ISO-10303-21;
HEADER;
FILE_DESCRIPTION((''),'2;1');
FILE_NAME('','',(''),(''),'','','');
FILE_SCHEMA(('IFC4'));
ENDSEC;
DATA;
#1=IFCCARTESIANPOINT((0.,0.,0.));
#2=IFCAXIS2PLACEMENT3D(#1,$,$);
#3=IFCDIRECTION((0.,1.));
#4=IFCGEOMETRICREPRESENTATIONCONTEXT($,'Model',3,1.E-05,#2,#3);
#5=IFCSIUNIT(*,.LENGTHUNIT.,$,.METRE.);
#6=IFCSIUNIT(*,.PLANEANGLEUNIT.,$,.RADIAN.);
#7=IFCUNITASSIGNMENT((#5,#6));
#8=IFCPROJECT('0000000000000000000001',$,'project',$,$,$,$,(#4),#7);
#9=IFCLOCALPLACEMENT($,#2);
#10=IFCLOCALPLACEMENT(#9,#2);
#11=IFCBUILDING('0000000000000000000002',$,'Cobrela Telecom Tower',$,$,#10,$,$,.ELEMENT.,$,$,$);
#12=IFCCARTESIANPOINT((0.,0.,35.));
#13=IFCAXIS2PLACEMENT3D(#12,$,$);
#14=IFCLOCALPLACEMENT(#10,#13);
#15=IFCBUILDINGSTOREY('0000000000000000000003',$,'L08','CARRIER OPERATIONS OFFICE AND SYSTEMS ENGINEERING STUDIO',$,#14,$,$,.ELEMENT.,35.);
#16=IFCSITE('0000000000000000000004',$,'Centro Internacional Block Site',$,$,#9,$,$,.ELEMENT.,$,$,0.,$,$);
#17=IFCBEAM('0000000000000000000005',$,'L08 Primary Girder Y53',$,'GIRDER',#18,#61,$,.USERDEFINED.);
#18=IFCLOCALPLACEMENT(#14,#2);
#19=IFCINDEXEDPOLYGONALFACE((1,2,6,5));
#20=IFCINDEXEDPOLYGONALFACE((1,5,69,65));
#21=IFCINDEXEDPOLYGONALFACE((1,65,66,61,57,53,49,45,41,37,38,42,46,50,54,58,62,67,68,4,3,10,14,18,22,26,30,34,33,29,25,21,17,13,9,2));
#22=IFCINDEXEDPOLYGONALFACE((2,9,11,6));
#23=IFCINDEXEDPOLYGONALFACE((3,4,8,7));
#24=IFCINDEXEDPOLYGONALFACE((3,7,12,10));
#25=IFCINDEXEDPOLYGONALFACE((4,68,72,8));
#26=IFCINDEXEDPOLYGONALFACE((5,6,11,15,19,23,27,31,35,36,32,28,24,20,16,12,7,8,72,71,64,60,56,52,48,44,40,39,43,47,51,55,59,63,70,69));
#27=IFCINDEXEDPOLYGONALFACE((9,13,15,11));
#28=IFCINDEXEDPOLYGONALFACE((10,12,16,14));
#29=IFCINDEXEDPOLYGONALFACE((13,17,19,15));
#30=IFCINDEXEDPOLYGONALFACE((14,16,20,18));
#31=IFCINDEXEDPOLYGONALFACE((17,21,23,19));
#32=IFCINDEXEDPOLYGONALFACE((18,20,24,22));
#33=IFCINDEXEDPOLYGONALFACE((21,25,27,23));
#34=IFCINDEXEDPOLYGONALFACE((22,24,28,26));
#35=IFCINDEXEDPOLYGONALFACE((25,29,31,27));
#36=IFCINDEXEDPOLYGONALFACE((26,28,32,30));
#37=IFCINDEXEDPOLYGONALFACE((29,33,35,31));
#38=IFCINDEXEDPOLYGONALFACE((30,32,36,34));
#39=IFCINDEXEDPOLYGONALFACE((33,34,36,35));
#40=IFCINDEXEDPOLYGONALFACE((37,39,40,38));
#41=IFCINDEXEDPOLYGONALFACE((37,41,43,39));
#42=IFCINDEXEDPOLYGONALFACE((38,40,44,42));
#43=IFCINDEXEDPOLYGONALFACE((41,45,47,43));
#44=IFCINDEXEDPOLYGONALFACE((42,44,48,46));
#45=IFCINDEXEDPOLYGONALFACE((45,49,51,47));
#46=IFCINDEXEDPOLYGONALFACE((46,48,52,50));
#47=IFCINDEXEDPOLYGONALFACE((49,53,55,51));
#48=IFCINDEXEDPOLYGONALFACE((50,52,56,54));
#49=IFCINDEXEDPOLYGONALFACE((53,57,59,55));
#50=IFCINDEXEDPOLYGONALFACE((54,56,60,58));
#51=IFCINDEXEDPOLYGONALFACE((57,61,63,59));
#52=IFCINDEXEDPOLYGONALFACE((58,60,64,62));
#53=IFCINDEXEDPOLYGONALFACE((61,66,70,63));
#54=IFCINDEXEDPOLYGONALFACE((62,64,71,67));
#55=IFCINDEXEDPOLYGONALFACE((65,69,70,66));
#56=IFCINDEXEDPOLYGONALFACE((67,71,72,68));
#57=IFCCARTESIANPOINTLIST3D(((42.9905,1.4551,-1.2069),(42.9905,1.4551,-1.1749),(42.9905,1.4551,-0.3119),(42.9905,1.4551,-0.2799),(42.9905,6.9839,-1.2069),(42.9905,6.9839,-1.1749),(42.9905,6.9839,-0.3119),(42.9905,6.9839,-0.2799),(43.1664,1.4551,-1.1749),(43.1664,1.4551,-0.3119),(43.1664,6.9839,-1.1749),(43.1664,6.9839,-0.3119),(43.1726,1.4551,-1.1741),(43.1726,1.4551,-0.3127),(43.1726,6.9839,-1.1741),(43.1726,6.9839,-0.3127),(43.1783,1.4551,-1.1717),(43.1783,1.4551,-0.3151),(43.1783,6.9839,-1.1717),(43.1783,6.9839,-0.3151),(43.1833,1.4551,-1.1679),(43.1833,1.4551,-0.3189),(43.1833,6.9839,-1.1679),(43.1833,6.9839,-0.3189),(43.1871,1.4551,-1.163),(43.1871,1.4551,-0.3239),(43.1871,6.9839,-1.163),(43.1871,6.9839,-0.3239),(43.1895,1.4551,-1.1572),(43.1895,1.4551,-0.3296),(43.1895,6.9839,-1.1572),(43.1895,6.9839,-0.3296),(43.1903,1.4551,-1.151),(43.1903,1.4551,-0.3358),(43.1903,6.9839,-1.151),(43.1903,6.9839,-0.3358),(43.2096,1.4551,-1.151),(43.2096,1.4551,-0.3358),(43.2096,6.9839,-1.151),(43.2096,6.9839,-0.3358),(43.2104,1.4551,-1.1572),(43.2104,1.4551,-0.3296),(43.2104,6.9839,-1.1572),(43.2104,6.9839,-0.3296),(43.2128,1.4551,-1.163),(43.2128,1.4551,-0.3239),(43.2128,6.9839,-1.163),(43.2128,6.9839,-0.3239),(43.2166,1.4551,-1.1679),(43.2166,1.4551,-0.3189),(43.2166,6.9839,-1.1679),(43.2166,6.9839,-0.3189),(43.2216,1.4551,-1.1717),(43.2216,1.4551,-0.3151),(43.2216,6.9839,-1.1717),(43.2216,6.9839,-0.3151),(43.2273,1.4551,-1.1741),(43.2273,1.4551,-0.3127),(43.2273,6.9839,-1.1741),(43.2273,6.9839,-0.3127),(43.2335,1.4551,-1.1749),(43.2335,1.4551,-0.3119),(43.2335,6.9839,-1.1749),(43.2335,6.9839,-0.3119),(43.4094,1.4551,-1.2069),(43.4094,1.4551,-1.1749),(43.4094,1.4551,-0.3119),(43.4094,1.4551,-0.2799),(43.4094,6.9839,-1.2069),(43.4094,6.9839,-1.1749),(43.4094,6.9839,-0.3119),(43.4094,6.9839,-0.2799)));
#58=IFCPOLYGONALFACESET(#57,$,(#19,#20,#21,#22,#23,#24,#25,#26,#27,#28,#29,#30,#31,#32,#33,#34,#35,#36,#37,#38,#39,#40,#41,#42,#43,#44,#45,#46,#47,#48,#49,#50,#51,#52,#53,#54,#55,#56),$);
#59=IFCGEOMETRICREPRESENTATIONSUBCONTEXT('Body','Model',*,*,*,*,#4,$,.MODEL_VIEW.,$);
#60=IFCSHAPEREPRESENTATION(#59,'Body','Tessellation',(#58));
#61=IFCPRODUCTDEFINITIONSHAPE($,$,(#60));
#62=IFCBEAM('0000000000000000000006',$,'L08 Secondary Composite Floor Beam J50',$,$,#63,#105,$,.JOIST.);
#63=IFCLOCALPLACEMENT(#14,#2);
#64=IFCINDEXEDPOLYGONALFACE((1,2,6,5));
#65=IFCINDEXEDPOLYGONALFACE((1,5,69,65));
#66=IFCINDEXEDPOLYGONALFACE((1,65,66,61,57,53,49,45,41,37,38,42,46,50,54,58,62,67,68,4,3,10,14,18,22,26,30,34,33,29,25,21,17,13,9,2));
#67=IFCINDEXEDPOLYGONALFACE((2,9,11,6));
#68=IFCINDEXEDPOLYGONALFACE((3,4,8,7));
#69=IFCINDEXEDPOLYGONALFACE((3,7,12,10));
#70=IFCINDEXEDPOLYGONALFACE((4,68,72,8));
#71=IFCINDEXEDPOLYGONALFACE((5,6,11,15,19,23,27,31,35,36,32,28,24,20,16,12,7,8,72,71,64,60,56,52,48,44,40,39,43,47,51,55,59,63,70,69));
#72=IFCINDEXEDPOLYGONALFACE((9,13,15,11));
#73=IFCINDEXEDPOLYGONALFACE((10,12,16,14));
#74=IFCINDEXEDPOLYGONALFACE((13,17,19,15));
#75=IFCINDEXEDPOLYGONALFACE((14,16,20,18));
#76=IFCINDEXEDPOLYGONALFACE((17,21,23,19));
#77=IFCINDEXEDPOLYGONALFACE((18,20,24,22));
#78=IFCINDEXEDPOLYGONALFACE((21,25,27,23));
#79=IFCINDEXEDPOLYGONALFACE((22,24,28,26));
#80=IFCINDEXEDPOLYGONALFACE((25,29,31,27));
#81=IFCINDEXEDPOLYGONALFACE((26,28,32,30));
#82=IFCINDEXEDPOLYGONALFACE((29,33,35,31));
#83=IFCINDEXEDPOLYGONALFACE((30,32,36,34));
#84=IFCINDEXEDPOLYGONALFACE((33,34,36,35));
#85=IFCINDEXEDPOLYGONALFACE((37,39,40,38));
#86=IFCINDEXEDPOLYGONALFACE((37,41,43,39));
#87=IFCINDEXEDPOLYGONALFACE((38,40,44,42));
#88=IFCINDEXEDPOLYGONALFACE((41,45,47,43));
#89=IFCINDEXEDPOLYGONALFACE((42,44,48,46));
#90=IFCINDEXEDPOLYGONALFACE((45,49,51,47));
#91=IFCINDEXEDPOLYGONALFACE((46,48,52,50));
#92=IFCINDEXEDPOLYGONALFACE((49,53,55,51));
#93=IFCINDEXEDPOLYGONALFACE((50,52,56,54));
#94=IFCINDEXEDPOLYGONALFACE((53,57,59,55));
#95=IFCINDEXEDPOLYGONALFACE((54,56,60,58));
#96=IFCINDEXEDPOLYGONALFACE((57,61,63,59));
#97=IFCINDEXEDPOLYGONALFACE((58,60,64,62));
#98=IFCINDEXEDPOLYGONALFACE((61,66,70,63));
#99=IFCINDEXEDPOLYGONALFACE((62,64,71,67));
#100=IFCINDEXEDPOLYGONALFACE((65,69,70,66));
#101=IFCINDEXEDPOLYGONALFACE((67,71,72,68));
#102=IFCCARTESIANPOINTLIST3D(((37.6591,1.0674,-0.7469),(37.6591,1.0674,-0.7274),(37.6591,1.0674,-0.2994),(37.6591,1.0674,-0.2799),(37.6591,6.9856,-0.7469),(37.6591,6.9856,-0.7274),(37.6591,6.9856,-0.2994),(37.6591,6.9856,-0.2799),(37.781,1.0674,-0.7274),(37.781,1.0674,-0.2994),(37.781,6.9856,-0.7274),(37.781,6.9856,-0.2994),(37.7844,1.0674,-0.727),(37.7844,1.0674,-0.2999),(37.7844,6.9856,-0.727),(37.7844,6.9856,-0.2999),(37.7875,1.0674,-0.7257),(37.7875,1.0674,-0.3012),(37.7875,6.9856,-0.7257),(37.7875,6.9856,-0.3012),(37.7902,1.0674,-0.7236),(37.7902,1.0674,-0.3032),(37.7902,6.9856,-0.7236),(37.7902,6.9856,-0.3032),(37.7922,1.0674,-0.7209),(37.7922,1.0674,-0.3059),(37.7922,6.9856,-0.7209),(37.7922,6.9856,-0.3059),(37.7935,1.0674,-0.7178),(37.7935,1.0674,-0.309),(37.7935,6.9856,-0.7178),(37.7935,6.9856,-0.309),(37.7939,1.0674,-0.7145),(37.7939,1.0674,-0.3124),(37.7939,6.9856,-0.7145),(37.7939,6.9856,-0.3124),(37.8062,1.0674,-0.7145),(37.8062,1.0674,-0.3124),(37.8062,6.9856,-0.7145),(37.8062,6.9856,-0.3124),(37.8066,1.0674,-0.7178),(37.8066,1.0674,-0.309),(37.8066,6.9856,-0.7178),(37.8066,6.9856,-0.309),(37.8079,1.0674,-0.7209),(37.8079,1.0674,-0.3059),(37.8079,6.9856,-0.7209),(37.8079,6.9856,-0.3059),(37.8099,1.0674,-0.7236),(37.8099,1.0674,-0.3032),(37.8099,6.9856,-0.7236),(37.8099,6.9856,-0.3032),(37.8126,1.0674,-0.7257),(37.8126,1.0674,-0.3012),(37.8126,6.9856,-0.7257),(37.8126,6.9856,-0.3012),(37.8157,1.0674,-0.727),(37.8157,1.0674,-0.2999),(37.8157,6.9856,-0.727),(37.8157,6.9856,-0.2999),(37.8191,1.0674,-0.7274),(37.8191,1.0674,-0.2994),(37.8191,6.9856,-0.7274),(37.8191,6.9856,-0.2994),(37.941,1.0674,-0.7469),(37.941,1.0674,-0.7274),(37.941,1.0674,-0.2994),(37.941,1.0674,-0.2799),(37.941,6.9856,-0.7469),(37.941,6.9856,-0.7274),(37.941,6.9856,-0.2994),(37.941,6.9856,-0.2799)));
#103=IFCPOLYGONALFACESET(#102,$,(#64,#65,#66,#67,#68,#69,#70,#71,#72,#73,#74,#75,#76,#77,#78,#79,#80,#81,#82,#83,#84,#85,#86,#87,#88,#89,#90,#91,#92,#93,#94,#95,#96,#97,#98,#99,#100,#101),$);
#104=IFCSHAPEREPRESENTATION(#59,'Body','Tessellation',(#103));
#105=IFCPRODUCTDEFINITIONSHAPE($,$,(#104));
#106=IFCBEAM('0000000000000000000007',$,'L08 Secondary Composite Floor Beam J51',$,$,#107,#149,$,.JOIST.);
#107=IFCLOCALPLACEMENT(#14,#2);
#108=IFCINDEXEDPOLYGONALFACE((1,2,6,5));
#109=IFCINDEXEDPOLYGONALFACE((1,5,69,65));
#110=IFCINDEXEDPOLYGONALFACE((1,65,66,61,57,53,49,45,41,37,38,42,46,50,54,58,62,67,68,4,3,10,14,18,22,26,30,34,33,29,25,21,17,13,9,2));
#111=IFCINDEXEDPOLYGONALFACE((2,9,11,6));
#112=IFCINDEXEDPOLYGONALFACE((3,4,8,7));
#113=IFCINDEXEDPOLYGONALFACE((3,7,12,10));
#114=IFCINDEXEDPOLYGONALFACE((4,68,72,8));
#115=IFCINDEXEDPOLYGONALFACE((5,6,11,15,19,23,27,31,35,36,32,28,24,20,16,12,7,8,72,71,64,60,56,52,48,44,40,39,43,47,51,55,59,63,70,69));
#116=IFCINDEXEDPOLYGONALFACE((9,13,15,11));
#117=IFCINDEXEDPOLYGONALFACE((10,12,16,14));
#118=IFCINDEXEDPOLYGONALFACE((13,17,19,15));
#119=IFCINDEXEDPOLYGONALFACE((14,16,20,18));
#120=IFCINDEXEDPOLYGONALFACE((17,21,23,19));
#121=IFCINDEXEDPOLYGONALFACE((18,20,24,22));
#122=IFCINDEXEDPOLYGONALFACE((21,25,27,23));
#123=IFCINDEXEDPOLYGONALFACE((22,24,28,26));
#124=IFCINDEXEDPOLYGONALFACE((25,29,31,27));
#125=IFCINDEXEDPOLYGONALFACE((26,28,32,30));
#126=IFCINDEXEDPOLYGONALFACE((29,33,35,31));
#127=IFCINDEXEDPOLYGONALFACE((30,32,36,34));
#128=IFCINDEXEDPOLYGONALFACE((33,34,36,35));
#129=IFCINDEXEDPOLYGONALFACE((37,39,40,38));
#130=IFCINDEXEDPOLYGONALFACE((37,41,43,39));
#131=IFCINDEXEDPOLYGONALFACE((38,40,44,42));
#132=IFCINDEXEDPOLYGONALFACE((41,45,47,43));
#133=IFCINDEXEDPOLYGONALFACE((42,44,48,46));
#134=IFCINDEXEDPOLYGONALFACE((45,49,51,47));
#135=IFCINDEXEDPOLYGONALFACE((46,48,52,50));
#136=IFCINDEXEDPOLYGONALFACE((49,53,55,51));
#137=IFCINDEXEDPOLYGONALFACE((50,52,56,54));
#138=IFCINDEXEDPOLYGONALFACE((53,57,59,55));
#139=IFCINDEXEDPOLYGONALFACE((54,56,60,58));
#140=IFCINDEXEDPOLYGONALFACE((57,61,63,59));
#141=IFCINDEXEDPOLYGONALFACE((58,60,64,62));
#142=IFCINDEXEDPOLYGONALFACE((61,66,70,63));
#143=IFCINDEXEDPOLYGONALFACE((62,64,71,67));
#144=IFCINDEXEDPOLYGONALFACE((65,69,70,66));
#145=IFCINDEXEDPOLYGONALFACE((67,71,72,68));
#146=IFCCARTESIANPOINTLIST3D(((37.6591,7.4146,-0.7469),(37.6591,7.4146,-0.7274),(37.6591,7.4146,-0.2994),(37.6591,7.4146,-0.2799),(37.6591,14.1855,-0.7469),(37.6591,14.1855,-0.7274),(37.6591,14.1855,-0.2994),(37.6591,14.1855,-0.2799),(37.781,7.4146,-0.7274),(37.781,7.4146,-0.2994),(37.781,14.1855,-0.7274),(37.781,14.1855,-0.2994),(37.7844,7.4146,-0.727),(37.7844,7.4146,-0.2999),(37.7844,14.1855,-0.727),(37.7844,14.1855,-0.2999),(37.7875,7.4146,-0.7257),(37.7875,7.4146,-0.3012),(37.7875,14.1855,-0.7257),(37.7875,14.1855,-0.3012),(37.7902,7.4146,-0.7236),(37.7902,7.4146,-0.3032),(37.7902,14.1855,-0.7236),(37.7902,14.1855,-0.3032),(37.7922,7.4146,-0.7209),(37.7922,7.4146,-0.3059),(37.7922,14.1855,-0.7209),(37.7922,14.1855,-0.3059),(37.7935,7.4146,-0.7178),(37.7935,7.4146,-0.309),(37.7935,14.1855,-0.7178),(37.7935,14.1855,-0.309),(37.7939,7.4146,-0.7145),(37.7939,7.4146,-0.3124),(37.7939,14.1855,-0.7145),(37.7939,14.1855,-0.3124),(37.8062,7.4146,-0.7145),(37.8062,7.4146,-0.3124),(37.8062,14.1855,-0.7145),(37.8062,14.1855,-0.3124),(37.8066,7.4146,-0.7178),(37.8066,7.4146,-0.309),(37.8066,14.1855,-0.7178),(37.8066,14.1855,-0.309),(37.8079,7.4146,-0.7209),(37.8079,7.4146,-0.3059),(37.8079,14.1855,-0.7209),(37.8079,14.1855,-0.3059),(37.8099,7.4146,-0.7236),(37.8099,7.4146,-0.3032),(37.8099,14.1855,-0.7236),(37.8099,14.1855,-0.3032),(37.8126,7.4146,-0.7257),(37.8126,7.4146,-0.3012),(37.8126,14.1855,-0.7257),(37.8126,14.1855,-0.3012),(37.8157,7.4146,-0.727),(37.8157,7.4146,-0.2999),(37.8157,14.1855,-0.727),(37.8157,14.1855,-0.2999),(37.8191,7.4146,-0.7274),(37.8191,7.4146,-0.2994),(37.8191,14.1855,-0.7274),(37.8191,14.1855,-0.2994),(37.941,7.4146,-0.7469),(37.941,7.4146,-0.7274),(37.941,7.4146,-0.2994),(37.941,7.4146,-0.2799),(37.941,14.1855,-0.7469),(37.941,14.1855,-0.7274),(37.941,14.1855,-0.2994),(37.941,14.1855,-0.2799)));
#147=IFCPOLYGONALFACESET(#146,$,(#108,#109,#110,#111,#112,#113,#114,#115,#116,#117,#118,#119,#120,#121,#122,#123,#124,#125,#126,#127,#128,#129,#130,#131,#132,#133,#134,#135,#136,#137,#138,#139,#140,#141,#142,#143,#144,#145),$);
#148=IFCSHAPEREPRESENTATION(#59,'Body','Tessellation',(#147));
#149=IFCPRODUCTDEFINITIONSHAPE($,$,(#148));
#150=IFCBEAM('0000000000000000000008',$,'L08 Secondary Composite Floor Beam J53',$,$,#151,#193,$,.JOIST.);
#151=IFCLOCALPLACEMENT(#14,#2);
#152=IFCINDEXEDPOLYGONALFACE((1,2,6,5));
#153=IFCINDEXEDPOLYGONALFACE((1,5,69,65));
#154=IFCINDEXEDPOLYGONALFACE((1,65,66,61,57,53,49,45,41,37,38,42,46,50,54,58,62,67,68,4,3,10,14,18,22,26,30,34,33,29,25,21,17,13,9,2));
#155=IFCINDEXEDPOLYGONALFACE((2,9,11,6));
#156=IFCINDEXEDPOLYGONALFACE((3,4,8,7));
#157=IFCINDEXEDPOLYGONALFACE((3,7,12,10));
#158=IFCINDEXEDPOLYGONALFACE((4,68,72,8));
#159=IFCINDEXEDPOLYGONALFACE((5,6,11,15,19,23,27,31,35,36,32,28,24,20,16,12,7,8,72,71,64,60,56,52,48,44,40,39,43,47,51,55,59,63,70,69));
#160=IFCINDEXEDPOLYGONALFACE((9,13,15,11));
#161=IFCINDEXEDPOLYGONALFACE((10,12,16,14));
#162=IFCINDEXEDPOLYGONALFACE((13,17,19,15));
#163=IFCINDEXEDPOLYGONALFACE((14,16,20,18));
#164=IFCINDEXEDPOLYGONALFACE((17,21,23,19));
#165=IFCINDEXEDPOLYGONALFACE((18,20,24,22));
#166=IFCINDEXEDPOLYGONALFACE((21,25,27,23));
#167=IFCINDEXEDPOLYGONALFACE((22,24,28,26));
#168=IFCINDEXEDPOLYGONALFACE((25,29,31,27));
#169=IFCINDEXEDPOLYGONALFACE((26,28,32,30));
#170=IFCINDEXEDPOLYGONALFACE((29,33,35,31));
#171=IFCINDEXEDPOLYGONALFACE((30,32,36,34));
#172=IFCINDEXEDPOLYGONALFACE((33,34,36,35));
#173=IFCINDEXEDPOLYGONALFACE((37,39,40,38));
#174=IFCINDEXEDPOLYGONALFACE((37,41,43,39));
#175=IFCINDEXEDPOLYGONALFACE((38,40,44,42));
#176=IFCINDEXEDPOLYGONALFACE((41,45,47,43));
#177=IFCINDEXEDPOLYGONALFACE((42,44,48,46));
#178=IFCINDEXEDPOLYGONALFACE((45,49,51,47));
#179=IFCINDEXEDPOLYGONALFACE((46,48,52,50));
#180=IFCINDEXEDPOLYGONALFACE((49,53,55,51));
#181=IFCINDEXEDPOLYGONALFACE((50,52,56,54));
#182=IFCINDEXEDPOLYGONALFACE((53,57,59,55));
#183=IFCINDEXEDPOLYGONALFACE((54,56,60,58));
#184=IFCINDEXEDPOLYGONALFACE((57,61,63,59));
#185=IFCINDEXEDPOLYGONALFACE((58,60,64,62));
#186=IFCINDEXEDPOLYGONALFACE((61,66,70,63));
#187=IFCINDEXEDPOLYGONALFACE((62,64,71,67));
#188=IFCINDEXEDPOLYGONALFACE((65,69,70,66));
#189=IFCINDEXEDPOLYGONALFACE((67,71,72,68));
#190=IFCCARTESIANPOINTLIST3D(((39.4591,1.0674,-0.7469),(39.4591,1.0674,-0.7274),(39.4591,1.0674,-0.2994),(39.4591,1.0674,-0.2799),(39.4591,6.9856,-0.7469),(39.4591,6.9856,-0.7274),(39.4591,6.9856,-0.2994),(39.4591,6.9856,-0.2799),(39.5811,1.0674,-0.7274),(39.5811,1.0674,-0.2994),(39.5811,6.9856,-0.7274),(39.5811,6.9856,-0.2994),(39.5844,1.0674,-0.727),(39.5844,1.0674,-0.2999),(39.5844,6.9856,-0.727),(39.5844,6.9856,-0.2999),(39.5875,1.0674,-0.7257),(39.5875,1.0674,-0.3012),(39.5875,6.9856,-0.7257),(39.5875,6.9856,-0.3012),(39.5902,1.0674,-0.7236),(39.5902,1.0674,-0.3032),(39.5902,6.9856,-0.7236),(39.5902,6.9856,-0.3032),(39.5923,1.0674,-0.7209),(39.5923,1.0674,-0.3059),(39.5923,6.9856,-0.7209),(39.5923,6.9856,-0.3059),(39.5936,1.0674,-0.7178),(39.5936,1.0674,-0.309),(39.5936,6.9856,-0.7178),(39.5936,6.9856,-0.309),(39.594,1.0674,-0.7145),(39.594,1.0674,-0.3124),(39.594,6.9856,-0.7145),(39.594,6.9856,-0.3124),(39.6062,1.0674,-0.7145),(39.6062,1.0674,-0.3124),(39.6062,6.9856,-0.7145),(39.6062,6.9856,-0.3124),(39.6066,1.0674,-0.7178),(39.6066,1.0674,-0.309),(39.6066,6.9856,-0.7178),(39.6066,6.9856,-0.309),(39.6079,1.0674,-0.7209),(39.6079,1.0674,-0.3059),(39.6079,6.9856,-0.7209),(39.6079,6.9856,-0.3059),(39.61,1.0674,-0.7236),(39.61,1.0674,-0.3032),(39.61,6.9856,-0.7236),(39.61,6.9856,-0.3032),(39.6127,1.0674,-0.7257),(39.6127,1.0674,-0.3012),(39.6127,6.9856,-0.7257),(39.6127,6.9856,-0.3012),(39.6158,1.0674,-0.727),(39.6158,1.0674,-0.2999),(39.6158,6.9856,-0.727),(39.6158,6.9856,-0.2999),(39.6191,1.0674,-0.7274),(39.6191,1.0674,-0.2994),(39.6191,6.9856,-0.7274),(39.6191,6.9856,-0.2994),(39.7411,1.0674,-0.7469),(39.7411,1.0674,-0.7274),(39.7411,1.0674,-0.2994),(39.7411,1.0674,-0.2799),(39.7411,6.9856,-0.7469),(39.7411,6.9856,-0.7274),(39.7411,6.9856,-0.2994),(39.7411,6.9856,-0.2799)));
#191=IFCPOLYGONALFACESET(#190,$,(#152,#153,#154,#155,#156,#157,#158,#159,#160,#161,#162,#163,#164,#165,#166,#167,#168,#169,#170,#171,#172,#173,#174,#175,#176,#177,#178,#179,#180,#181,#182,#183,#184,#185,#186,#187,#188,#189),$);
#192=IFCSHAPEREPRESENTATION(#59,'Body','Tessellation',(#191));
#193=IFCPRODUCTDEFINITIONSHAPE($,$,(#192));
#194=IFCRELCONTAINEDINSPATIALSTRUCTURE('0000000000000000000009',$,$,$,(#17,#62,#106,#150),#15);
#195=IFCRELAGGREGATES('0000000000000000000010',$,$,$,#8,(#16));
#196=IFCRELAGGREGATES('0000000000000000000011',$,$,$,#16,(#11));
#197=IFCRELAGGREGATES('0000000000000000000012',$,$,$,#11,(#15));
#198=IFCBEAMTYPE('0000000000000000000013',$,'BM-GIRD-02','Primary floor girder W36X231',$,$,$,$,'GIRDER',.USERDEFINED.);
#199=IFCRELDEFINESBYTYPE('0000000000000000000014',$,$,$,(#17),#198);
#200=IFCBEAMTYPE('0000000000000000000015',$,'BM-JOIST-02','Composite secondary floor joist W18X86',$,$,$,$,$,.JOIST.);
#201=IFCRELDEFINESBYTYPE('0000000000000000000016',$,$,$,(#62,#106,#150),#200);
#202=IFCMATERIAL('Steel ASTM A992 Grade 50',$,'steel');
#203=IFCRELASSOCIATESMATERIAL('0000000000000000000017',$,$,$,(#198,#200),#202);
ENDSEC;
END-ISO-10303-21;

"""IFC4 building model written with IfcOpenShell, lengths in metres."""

from ifc_helpers import new_model, si_unit, direction, frame, origin, origin_2d, place, context, subcontext, project, spatial, i_section, extrude, material, material_profile, profile_set, type_object, element, save


model = new_model("IFC4")

# Units and contexts
model_context = context("Model", 3, precision=1e-05, world=origin(), true_north=direction((0.0, 1.0)))
body_context = subcontext(model_context, "Body", "Model", "MODEL_VIEW")
ifc_project = project(units=[si_unit("LENGTHUNIT", "METRE"), si_unit("PLANEANGLEUNIT", "RADIAN")], contexts=[model_context])

# Site, building, storey
site_placement = place(None, origin())
site = spatial("IfcSite", under=ifc_project, at=site_placement, Name="Centro Internacional Block Site", CompositionType="ELEMENT", RefElevation=0.0)
building_placement = place(site_placement, origin())
building = spatial("IfcBuilding", under=site, at=building_placement, Name="Cobrela Telecom Tower", CompositionType="ELEMENT")
storey_placement = place(building_placement, frame((0.0, 0.0, 35.0)))
storey = spatial("IfcBuildingStorey", under=building, at=storey_placement, Name="L08", Description="CARRIER OPERATIONS OFFICE AND SYSTEMS ENGINEERING STUDIO", CompositionType="ELEMENT", Elevation=35.0)

# Shared definitions
ifc_material_1 = material(Name="Steel ASTM A992 Grade 50", Category="steel")

# Beams
ifc_material_profile_1 = material_profile(ifc_material_1, i_section(OverallWidth=0.4189, OverallDepth=0.927, WebThickness=0.0193, FlangeThickness=0.032, FilletRadius=0.0239, at=origin_2d()), Name="W36X231")
ifc_profile_set_1 = profile_set([ifc_material_profile_1], Name="Steel ASTM A992 Grade 50")
beam_type_1 = type_object("IfcBeamType", Name="BM-GIRD-02", Description="Primary floor girder W36X231", ElementType="GIRDER", PredefinedType="USERDEFINED", material=ifc_profile_set_1)
beam_1_placement = place(storey_placement, frame((43.2, 1.4551, -0.7434), z_axis=(0.0, 1.0, 0.0), x_axis=(-1.0, 0.0, 0.0)))
element("IfcBeam", 1, at=beam_1_placement, inside=storey, type_object=beam_type_1, Name="L08 Primary Girder Y53", ObjectType="GIRDER", PredefinedType="USERDEFINED", context=body_context, shape_type="SweptSolid", body=[
    extrude(i_section(OverallWidth=0.4189, OverallDepth=0.927, WebThickness=0.0193, FlangeThickness=0.032, FilletRadius=0.0239, at=origin_2d()), origin(), (0.0, 0.0, 1.0), 5.5288),
])
ifc_material_profile_2 = material_profile(ifc_material_1, i_section(OverallWidth=0.282, OverallDepth=0.467, WebThickness=0.0122, FlangeThickness=0.0195, FilletRadius=0.0129, at=origin_2d()), Name="W18X86")
ifc_profile_set_2 = profile_set([ifc_material_profile_2], Name="Steel ASTM A992 Grade 50")
beam_type_2 = type_object("IfcBeamType", Name="BM-JOIST-02", Description="Composite secondary floor joist W18X86", PredefinedType="JOIST", material=ifc_profile_set_2)
beam_2_placement = place(storey_placement, frame((37.8, 1.0674, -0.5134), z_axis=(0.0, 1.0, 0.0), x_axis=(-1.0, 0.0, 0.0)))
element("IfcBeam", 2, at=beam_2_placement, inside=storey, type_object=beam_type_2, Name="L08 Secondary Composite Floor Beam J50", PredefinedType="JOIST", context=body_context, shape_type="SweptSolid", body=[
    extrude(i_section(OverallWidth=0.282, OverallDepth=0.467, WebThickness=0.0122, FlangeThickness=0.0195, FilletRadius=0.0129, at=origin_2d()), origin(), (0.0, 0.0, 1.0), 5.9182),
])
beam_3_placement = place(storey_placement, frame((37.8, 7.4146, -0.5134), z_axis=(0.0, 1.0, 0.0), x_axis=(-1.0, 0.0, 0.0)))
element("IfcBeam", 3, at=beam_3_placement, inside=storey, type_object=beam_type_2, Name="L08 Secondary Composite Floor Beam J51", PredefinedType="JOIST", context=body_context, shape_type="SweptSolid", body=[
    extrude(i_section(OverallWidth=0.282, OverallDepth=0.467, WebThickness=0.0122, FlangeThickness=0.0195, FilletRadius=0.0129, at=origin_2d()), origin(), (0.0, 0.0, 1.0), 6.771),
])
beam_4_placement = place(storey_placement, frame((39.6001, 1.0674, -0.5134), z_axis=(0.0, 1.0, 0.0), x_axis=(-1.0, 0.0, 0.0)))
element("IfcBeam", 4, at=beam_4_placement, inside=storey, type_object=beam_type_2, Name="L08 Secondary Composite Floor Beam J53", PredefinedType="JOIST", context=body_context, shape_type="SweptSolid", body=[
    extrude(i_section(OverallWidth=0.282, OverallDepth=0.467, WebThickness=0.0122, FlangeThickness=0.0195, FilletRadius=0.0129, at=origin_2d()), origin(), (0.0, 0.0, 1.0), 5.9182),
])

save(model, "model.ifc")
